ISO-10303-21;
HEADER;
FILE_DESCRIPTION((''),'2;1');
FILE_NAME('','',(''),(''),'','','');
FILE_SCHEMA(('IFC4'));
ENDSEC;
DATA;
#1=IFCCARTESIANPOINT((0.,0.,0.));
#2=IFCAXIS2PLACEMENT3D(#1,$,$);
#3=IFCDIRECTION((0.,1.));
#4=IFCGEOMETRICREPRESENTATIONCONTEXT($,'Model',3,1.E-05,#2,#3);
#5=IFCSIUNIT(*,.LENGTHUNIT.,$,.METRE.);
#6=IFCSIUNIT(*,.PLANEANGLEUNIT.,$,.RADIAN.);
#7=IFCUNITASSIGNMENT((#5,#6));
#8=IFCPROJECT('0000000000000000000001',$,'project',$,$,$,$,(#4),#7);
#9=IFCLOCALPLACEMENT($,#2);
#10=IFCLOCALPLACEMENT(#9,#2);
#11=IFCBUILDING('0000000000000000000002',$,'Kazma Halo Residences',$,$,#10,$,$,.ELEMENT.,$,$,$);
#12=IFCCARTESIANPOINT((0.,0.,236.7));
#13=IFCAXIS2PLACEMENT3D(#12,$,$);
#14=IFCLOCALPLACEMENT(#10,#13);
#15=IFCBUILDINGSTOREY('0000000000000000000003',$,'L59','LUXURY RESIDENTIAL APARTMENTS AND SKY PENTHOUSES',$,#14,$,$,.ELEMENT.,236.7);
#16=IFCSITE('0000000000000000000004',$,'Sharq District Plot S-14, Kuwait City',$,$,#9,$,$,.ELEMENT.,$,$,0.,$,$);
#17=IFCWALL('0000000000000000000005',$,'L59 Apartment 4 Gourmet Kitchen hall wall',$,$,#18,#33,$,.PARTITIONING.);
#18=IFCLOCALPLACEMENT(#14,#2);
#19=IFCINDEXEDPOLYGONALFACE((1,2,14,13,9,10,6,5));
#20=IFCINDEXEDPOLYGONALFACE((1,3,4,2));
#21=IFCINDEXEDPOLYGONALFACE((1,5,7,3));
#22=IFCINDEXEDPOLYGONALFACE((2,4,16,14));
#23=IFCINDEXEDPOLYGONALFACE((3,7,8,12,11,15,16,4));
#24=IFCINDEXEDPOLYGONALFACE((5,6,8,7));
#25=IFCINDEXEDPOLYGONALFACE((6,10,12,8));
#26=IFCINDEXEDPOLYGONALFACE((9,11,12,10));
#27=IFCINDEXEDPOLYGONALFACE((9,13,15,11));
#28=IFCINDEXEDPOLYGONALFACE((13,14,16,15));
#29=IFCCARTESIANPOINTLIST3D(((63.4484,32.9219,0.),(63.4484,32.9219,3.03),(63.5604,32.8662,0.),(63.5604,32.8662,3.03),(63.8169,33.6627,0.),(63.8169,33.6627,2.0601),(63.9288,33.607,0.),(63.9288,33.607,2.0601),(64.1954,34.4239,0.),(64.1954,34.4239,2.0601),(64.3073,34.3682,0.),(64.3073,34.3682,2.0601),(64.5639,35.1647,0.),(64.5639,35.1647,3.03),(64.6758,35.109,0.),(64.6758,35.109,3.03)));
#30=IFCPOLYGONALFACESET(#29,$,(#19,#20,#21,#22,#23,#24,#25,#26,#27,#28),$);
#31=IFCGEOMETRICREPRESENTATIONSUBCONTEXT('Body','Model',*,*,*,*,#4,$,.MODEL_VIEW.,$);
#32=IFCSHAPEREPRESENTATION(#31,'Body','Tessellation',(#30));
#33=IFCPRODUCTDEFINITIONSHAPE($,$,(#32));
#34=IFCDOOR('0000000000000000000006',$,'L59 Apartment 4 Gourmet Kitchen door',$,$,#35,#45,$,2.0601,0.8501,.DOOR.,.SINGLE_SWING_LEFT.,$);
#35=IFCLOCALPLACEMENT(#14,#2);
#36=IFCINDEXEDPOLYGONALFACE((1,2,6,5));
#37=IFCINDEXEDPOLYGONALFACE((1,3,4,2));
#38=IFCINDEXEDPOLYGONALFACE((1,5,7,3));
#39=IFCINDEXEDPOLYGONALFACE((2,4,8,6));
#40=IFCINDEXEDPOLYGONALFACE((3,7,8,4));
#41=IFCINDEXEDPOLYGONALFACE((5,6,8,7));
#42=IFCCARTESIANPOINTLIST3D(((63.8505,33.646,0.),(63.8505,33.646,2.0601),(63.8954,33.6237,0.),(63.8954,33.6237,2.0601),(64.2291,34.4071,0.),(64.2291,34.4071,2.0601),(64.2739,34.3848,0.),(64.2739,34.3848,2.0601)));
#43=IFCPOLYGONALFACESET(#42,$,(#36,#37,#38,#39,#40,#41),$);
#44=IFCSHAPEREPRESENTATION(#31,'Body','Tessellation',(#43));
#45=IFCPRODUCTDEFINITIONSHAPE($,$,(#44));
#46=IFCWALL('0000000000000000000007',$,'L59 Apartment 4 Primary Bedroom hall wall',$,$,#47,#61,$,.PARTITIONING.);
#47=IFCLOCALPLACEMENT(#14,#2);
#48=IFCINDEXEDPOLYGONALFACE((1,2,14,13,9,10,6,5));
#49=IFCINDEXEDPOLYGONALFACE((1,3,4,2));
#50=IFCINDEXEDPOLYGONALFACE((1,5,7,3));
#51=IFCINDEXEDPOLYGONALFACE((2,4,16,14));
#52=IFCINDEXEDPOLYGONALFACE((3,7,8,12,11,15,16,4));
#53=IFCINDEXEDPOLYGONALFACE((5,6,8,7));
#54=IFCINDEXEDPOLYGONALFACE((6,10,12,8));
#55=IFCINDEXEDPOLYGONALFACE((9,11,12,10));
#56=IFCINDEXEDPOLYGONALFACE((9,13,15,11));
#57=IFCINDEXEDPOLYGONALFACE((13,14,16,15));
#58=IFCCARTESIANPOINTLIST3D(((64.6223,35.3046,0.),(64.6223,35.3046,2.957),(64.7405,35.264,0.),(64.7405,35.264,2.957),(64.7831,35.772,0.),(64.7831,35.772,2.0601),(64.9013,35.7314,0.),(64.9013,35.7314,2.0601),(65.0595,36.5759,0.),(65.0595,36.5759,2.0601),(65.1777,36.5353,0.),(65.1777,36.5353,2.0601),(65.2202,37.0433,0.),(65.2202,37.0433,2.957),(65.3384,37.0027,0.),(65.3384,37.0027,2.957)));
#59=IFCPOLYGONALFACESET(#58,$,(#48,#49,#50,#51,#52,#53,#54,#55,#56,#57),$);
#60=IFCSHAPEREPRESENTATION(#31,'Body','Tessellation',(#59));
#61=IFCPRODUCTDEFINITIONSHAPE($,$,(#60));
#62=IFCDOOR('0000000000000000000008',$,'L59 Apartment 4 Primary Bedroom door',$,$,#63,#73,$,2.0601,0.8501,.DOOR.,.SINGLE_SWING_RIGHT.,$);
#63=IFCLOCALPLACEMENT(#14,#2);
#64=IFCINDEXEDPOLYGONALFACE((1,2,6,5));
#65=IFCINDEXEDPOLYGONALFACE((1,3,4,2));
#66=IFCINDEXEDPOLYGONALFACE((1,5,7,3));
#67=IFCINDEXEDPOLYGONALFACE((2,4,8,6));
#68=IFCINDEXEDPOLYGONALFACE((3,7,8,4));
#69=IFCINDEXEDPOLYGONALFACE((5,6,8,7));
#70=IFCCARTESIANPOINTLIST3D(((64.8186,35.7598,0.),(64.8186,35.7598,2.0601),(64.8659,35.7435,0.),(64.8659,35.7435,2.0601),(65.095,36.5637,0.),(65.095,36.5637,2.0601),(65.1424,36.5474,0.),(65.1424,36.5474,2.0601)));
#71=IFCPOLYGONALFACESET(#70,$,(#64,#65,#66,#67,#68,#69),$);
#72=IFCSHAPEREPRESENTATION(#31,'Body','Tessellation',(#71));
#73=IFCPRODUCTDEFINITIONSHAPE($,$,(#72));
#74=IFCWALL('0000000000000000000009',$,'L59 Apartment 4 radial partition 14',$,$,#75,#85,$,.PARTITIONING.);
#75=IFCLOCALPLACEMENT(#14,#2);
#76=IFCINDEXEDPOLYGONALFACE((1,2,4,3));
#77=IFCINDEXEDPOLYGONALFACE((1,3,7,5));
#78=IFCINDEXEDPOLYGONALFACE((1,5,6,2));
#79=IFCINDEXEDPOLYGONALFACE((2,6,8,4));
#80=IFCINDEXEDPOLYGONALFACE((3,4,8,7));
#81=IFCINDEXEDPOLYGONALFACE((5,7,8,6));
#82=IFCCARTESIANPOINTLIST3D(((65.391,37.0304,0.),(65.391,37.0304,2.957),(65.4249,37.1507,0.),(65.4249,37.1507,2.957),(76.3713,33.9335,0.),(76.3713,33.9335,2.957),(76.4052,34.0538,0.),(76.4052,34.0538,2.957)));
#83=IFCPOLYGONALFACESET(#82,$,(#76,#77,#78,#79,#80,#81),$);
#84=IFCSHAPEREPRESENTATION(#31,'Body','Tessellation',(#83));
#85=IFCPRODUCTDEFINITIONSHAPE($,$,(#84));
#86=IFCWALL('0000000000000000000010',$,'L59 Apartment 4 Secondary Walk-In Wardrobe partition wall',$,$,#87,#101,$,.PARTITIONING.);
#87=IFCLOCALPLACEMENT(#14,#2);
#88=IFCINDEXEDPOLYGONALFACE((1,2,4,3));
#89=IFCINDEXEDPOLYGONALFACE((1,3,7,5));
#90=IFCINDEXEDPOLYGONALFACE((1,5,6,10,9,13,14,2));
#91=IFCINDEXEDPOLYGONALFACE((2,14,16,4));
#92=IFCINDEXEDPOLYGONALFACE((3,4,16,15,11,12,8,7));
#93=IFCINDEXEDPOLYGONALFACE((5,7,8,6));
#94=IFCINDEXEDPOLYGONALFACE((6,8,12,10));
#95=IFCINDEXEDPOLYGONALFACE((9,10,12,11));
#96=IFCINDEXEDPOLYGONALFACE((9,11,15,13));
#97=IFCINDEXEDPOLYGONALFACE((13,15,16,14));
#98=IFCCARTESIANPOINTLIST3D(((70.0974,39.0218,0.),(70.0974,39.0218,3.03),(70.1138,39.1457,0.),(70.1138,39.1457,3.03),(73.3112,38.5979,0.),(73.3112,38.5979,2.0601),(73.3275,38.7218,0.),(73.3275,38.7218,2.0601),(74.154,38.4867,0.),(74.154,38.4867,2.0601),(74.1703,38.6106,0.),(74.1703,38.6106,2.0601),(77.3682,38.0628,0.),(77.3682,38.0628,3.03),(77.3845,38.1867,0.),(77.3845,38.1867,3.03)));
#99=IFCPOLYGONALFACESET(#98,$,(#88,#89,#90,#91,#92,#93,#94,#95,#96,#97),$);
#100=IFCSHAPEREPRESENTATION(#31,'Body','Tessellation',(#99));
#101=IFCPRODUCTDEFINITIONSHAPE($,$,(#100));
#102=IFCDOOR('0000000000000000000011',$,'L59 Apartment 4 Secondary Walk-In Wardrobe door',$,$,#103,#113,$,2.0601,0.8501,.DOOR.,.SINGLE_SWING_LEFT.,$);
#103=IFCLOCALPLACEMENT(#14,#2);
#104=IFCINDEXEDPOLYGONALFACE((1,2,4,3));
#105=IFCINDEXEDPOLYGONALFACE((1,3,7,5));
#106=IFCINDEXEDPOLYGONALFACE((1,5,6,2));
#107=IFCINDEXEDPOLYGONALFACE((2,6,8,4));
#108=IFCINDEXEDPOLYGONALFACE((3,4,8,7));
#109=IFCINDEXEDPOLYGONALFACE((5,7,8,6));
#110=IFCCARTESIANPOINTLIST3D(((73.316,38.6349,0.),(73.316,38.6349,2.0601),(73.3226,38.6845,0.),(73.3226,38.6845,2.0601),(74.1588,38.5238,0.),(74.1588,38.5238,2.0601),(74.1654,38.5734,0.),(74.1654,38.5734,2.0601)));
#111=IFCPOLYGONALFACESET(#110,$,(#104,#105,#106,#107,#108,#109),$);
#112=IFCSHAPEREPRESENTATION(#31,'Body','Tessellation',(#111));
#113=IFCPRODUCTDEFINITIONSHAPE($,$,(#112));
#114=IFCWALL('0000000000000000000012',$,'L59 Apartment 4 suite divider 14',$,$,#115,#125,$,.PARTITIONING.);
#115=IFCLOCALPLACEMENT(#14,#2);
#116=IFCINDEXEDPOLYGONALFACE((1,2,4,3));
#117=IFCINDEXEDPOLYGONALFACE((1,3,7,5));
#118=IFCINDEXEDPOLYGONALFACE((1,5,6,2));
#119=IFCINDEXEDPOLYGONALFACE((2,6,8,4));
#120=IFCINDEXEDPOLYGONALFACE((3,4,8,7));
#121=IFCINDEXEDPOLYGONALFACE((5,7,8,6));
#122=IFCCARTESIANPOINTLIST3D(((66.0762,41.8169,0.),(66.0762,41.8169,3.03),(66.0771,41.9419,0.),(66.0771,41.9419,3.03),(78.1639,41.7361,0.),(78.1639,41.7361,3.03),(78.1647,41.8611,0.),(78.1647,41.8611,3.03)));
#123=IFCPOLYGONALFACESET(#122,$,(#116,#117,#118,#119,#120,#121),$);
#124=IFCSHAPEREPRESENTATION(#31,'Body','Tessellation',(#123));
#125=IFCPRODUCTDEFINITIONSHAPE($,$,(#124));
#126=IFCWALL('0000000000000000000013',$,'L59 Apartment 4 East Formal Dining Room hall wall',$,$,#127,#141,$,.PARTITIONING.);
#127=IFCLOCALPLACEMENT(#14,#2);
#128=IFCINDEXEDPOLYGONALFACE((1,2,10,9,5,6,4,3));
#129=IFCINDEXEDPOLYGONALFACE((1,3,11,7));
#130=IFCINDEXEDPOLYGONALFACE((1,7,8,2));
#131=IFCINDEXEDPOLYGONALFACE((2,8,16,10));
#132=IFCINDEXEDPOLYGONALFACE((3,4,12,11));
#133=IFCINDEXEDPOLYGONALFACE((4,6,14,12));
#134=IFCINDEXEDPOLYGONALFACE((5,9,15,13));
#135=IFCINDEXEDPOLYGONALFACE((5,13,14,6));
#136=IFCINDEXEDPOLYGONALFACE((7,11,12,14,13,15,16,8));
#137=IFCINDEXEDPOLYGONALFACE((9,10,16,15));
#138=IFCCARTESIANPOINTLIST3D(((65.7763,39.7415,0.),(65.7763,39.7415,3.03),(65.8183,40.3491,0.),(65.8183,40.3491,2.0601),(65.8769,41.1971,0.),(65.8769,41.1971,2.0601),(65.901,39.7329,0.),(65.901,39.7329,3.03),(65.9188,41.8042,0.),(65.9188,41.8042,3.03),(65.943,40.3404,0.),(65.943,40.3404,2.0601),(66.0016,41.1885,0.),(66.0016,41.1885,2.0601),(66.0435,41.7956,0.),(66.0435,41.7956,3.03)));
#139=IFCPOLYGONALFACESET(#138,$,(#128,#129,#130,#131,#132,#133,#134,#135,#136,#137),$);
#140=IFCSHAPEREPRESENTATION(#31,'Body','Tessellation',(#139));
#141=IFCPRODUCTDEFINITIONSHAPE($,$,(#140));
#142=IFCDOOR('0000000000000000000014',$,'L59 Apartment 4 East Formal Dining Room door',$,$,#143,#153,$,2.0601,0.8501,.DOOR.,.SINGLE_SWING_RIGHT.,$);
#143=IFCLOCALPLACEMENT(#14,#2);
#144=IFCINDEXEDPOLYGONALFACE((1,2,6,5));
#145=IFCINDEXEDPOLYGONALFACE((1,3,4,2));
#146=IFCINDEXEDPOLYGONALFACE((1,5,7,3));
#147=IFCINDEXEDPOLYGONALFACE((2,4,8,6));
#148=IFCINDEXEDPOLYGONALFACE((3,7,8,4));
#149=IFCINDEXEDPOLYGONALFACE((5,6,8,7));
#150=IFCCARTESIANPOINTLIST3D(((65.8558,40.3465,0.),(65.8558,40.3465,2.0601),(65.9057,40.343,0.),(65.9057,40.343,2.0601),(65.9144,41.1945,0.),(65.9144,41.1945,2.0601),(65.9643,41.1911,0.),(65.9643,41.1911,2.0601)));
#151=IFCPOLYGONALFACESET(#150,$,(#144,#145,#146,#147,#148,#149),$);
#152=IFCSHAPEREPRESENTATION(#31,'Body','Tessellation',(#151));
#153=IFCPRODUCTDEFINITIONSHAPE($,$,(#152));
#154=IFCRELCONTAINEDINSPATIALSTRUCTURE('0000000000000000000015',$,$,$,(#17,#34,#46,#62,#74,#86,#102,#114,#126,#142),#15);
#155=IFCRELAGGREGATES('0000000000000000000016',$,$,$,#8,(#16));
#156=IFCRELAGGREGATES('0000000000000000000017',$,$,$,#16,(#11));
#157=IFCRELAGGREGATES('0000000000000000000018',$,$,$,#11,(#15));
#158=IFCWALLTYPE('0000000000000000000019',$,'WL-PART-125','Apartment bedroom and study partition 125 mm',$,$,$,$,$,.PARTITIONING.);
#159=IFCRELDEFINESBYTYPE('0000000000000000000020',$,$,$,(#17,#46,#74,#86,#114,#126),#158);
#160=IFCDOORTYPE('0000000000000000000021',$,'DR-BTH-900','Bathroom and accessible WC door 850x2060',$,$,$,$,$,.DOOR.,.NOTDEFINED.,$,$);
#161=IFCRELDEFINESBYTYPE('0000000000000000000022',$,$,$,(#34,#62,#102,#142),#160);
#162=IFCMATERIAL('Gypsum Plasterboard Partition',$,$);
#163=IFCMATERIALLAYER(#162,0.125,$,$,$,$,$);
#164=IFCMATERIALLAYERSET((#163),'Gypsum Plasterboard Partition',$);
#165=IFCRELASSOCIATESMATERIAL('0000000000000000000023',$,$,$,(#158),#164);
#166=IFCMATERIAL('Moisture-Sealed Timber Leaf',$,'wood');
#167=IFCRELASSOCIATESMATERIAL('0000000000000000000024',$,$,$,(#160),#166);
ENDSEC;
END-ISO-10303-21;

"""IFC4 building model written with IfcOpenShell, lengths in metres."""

from ifc_helpers import new_model, si_unit, direction, frame, frame_2d, origin, place, context, subcontext, project, spatial, rectangle, extrude, material, layer, layer_set, type_object, element, fill, save


model = new_model("IFC4")

# Units and contexts
model_context = context("Model", 3, precision=1e-05, world=origin(), true_north=direction((0.0, 1.0)))
body_context = subcontext(model_context, "Body", "Model", "MODEL_VIEW")
ifc_project = project(units=[si_unit("LENGTHUNIT", "METRE"), si_unit("PLANEANGLEUNIT", "RADIAN")], contexts=[model_context])

# Site, building, storey
site_placement = place(None, origin())
site = spatial("IfcSite", under=ifc_project, at=site_placement, Name="Sharq District Plot S-14, Kuwait City", CompositionType="ELEMENT", RefElevation=0.0)
building_placement = place(site_placement, origin())
building = spatial("IfcBuilding", under=site, at=building_placement, Name="Kazma Halo Residences", CompositionType="ELEMENT")
storey_placement = place(building_placement, frame((0.0, 0.0, 236.7)))
storey = spatial("IfcBuildingStorey", under=building, at=storey_placement, Name="L59", Description="LUXURY RESIDENTIAL APARTMENTS AND SKY PENTHOUSES", CompositionType="ELEMENT", Elevation=236.7)

# Shared definitions
ifc_material_1 = material(Name="Gypsum Plasterboard Partition")
ifc_layer_1 = layer(ifc_material_1, 0.125)
ifc_layer_set_1 = layer_set([ifc_layer_1], Name="Gypsum Plasterboard Partition")
wall_type_1 = type_object("IfcWallType", Name="WL-PART-125", Description="Apartment bedroom and study partition 125 mm", PredefinedType="PARTITIONING", material=ifc_layer_set_1)

# Walls, openings, doors
wall_1_placement = place(storey_placement, frame((63.5044, 32.894, 0.0), z_axis=(0.0, 0.0, 1.0), x_axis=(0.445302, 0.89538, 0.0)))
wall_1 = element("IfcWall", 1, at=wall_1_placement, inside=storey, type_object=wall_type_1, Name="L59 Apartment 4 Gourmet Kitchen hall wall", PredefinedType="PARTITIONING", context=body_context, shape_type="SweptSolid", body=[
    extrude(rectangle(XDim=2.5049, YDim=0.125, at=frame_2d((1.2524, 0.0))), origin(), (0.0, 0.0, 1.0), 3.03),
])
opening_1_placement = place(wall_1_placement, frame((0.8274, 0.0, 0.0)))
opening_1 = element("IfcOpeningElement", 2, at=opening_1_placement, cuts=wall_1, PredefinedType="OPENING", context=body_context, shape_type="SweptSolid", body=[
    extrude(rectangle(XDim=0.8501, YDim=2.0601, at=frame_2d((0.425, 1.03))), frame((0.0, 0.0725, 0.0), z_axis=(0.0, -1.0, 0.0), x_axis=(1.0, 0.0, 0.0)), (0.0, 0.0, 1.0), 0.145),
])
ifc_material_2 = material(Name="Moisture-Sealed Timber Leaf", Category="wood")
door_type = type_object("IfcDoorType", Name="DR-BTH-900", Description="Bathroom and accessible WC door 850x2060", OperationType="NOTDEFINED", PredefinedType="DOOR", material=ifc_material_2)
door_1_placement = place(opening_1_placement, origin())
door_1 = element("IfcDoor", 3, at=door_1_placement, inside=storey, type_object=door_type, Name="L59 Apartment 4 Gourmet Kitchen door", OperationType="SINGLE_SWING_LEFT", OverallHeight=2.0601, OverallWidth=0.8501, PredefinedType="DOOR", context=body_context, shape_type="SweptSolid", body=[
    extrude(rectangle(XDim=0.8501, YDim=2.0601, at=frame_2d((0.425, 1.03))), frame((0.0, 0.0249, 0.0), z_axis=(0.0, -1.0, 0.0), x_axis=(1.0, 0.0, 0.0)), (0.0, 0.0, 1.0), 0.05),
])
fill(opening_1, door_1)
wall_2_placement = place(storey_placement, frame((64.6814, 35.2842, 0.0), z_axis=(0.0, 0.0, 1.0), x_axis=(0.325176, 0.945653, 0.0)))
wall_2 = element("IfcWall", 4, at=wall_2_placement, inside=storey, type_object=wall_type_1, Name="L59 Apartment 4 Primary Bedroom hall wall", PredefinedType="PARTITIONING", context=body_context, shape_type="SweptSolid", body=[
    extrude(rectangle(XDim=1.8386, YDim=0.125, at=frame_2d((0.9194, 0.0))), origin(), (0.0, 0.0, 1.0), 2.957),
])
opening_2_placement = place(wall_2_placement, frame((0.4944, 0.0, 0.0)))
opening_2 = element("IfcOpeningElement", 5, at=opening_2_placement, cuts=wall_2, PredefinedType="OPENING", context=body_context, shape_type="SweptSolid", body=[
    extrude(rectangle(XDim=0.8501, YDim=2.0601, at=frame_2d((0.425, 1.03))), frame((0.0, 0.0725, 0.0), z_axis=(0.0, -1.0, 0.0), x_axis=(1.0, 0.0, 0.0)), (0.0, 0.0, 1.0), 0.145),
])
door_2_placement = place(opening_2_placement, origin())
door_2 = element("IfcDoor", 6, at=door_2_placement, inside=storey, type_object=door_type, Name="L59 Apartment 4 Primary Bedroom door", OperationType="SINGLE_SWING_RIGHT", OverallHeight=2.0601, OverallWidth=0.8501, PredefinedType="DOOR", context=body_context, shape_type="SweptSolid", body=[
    extrude(rectangle(XDim=0.8501, YDim=2.0601, at=frame_2d((0.425, 1.03))), frame((0.0, 0.0249, 0.0), z_axis=(0.0, -1.0, 0.0), x_axis=(1.0, 0.0, 0.0)), (0.0, 0.0, 1.0), 0.05),
])
fill(opening_2, door_2)

# Wall
wall_3_placement = place(storey_placement, frame((65.408, 37.0906, 0.0), z_axis=(0.0, 0.0, 1.0), x_axis=(0.962451, -0.271455, 0.0)))
element("IfcWall", 7, at=wall_3_placement, inside=storey, type_object=wall_type_1, Name="L59 Apartment 4 radial partition 14", PredefinedType="PARTITIONING", context=body_context, shape_type="SweptSolid", body=[
    extrude(rectangle(XDim=11.4087, YDim=0.125, at=frame_2d((5.7043, 0.0))), origin(), (0.0, 0.0, 1.0), 2.957),
])

# Wall, opening, door
wall_4_placement = place(storey_placement, frame((70.1055, 39.0837, 0.0), z_axis=(0.0, 0.0, 1.0), x_axis=(0.991414, -0.130764, 0.0)))
wall_4 = element("IfcWall", 8, at=wall_4_placement, inside=storey, type_object=wall_type_1, Name="L59 Apartment 4 Secondary Walk-In Wardrobe partition wall", PredefinedType="PARTITIONING", context=body_context, shape_type="SweptSolid", body=[
    extrude(rectangle(XDim=7.3337, YDim=0.125, at=frame_2d((3.667, 0.0))), origin(), (0.0, 0.0, 1.0), 3.03),
])
opening_3_placement = place(wall_4_placement, frame((3.2417, 0.0, 0.0)))
opening_3 = element("IfcOpeningElement", 9, at=opening_3_placement, cuts=wall_4, PredefinedType="OPENING", context=body_context, shape_type="SweptSolid", body=[
    extrude(rectangle(XDim=0.8501, YDim=2.0601, at=frame_2d((0.425, 1.03))), frame((0.0, 0.0725, 0.0), z_axis=(0.0, -1.0, 0.0), x_axis=(1.0, 0.0, 0.0)), (0.0, 0.0, 1.0), 0.145),
])
door_3_placement = place(opening_3_placement, origin())
door_3 = element("IfcDoor", 10, at=door_3_placement, inside=storey, type_object=door_type, Name="L59 Apartment 4 Secondary Walk-In Wardrobe door", OperationType="SINGLE_SWING_LEFT", OverallHeight=2.0601, OverallWidth=0.8501, PredefinedType="DOOR", context=body_context, shape_type="SweptSolid", body=[
    extrude(rectangle(XDim=0.8501, YDim=2.0601, at=frame_2d((0.425, 1.03))), frame((0.0, 0.0249, 0.0), z_axis=(0.0, -1.0, 0.0), x_axis=(1.0, 0.0, 0.0)), (0.0, 0.0, 1.0), 0.05),
])
fill(opening_3, door_3)

# Wall
wall_5_placement = place(storey_placement, frame((66.0767, 41.8794, 0.0), z_axis=(0.0, 0.0, 1.0), x_axis=(0.999978, -0.006685, 0.0)))
element("IfcWall", 11, at=wall_5_placement, inside=storey, type_object=wall_type_1, Name="L59 Apartment 4 suite divider 14", PredefinedType="PARTITIONING", context=body_context, shape_type="SweptSolid", body=[
    extrude(rectangle(XDim=12.0879, YDim=0.125, at=frame_2d((6.0439, 0.0))), origin(), (0.0, 0.0, 1.0), 3.03),
])

# Wall, opening, door
wall_6_placement = place(storey_placement, frame((65.8386, 39.7373, 0.0), z_axis=(0.0, 0.0, 1.0), x_axis=(0.068956, 0.99762, 0.0)))
wall_6 = element("IfcWall", 12, at=wall_6_placement, inside=storey, type_object=wall_type_1, Name="L59 Apartment 4 East Formal Dining Room hall wall", PredefinedType="PARTITIONING", context=body_context, shape_type="SweptSolid", body=[
    extrude(rectangle(XDim=2.0676, YDim=0.125, at=frame_2d((1.0337, 0.0))), origin(), (0.0, 0.0, 1.0), 3.03),
])
opening_4_placement = place(wall_6_placement, frame((0.6089, 0.0, 0.0)))
opening_4 = element("IfcOpeningElement", 13, at=opening_4_placement, cuts=wall_6, PredefinedType="OPENING", context=body_context, shape_type="SweptSolid", body=[
    extrude(rectangle(XDim=0.8501, YDim=2.0601, at=frame_2d((0.425, 1.03))), frame((0.0, 0.0725, 0.0), z_axis=(0.0, -1.0, 0.0), x_axis=(1.0, 0.0, 0.0)), (0.0, 0.0, 1.0), 0.145),
])
door_4_placement = place(opening_4_placement, origin())
door_4 = element("IfcDoor", 14, at=door_4_placement, inside=storey, type_object=door_type, Name="L59 Apartment 4 East Formal Dining Room door", OperationType="SINGLE_SWING_RIGHT", OverallHeight=2.0601, OverallWidth=0.8501, PredefinedType="DOOR", context=body_context, shape_type="SweptSolid", body=[
    extrude(rectangle(XDim=0.8501, YDim=2.0601, at=frame_2d((0.425, 1.03))), frame((0.0, 0.0249, 0.0), z_axis=(0.0, -1.0, 0.0), x_axis=(1.0, 0.0, 0.0)), (0.0, 0.0, 1.0), 0.05),
])
fill(opening_4, door_4)

save(model, "model.ifc")
